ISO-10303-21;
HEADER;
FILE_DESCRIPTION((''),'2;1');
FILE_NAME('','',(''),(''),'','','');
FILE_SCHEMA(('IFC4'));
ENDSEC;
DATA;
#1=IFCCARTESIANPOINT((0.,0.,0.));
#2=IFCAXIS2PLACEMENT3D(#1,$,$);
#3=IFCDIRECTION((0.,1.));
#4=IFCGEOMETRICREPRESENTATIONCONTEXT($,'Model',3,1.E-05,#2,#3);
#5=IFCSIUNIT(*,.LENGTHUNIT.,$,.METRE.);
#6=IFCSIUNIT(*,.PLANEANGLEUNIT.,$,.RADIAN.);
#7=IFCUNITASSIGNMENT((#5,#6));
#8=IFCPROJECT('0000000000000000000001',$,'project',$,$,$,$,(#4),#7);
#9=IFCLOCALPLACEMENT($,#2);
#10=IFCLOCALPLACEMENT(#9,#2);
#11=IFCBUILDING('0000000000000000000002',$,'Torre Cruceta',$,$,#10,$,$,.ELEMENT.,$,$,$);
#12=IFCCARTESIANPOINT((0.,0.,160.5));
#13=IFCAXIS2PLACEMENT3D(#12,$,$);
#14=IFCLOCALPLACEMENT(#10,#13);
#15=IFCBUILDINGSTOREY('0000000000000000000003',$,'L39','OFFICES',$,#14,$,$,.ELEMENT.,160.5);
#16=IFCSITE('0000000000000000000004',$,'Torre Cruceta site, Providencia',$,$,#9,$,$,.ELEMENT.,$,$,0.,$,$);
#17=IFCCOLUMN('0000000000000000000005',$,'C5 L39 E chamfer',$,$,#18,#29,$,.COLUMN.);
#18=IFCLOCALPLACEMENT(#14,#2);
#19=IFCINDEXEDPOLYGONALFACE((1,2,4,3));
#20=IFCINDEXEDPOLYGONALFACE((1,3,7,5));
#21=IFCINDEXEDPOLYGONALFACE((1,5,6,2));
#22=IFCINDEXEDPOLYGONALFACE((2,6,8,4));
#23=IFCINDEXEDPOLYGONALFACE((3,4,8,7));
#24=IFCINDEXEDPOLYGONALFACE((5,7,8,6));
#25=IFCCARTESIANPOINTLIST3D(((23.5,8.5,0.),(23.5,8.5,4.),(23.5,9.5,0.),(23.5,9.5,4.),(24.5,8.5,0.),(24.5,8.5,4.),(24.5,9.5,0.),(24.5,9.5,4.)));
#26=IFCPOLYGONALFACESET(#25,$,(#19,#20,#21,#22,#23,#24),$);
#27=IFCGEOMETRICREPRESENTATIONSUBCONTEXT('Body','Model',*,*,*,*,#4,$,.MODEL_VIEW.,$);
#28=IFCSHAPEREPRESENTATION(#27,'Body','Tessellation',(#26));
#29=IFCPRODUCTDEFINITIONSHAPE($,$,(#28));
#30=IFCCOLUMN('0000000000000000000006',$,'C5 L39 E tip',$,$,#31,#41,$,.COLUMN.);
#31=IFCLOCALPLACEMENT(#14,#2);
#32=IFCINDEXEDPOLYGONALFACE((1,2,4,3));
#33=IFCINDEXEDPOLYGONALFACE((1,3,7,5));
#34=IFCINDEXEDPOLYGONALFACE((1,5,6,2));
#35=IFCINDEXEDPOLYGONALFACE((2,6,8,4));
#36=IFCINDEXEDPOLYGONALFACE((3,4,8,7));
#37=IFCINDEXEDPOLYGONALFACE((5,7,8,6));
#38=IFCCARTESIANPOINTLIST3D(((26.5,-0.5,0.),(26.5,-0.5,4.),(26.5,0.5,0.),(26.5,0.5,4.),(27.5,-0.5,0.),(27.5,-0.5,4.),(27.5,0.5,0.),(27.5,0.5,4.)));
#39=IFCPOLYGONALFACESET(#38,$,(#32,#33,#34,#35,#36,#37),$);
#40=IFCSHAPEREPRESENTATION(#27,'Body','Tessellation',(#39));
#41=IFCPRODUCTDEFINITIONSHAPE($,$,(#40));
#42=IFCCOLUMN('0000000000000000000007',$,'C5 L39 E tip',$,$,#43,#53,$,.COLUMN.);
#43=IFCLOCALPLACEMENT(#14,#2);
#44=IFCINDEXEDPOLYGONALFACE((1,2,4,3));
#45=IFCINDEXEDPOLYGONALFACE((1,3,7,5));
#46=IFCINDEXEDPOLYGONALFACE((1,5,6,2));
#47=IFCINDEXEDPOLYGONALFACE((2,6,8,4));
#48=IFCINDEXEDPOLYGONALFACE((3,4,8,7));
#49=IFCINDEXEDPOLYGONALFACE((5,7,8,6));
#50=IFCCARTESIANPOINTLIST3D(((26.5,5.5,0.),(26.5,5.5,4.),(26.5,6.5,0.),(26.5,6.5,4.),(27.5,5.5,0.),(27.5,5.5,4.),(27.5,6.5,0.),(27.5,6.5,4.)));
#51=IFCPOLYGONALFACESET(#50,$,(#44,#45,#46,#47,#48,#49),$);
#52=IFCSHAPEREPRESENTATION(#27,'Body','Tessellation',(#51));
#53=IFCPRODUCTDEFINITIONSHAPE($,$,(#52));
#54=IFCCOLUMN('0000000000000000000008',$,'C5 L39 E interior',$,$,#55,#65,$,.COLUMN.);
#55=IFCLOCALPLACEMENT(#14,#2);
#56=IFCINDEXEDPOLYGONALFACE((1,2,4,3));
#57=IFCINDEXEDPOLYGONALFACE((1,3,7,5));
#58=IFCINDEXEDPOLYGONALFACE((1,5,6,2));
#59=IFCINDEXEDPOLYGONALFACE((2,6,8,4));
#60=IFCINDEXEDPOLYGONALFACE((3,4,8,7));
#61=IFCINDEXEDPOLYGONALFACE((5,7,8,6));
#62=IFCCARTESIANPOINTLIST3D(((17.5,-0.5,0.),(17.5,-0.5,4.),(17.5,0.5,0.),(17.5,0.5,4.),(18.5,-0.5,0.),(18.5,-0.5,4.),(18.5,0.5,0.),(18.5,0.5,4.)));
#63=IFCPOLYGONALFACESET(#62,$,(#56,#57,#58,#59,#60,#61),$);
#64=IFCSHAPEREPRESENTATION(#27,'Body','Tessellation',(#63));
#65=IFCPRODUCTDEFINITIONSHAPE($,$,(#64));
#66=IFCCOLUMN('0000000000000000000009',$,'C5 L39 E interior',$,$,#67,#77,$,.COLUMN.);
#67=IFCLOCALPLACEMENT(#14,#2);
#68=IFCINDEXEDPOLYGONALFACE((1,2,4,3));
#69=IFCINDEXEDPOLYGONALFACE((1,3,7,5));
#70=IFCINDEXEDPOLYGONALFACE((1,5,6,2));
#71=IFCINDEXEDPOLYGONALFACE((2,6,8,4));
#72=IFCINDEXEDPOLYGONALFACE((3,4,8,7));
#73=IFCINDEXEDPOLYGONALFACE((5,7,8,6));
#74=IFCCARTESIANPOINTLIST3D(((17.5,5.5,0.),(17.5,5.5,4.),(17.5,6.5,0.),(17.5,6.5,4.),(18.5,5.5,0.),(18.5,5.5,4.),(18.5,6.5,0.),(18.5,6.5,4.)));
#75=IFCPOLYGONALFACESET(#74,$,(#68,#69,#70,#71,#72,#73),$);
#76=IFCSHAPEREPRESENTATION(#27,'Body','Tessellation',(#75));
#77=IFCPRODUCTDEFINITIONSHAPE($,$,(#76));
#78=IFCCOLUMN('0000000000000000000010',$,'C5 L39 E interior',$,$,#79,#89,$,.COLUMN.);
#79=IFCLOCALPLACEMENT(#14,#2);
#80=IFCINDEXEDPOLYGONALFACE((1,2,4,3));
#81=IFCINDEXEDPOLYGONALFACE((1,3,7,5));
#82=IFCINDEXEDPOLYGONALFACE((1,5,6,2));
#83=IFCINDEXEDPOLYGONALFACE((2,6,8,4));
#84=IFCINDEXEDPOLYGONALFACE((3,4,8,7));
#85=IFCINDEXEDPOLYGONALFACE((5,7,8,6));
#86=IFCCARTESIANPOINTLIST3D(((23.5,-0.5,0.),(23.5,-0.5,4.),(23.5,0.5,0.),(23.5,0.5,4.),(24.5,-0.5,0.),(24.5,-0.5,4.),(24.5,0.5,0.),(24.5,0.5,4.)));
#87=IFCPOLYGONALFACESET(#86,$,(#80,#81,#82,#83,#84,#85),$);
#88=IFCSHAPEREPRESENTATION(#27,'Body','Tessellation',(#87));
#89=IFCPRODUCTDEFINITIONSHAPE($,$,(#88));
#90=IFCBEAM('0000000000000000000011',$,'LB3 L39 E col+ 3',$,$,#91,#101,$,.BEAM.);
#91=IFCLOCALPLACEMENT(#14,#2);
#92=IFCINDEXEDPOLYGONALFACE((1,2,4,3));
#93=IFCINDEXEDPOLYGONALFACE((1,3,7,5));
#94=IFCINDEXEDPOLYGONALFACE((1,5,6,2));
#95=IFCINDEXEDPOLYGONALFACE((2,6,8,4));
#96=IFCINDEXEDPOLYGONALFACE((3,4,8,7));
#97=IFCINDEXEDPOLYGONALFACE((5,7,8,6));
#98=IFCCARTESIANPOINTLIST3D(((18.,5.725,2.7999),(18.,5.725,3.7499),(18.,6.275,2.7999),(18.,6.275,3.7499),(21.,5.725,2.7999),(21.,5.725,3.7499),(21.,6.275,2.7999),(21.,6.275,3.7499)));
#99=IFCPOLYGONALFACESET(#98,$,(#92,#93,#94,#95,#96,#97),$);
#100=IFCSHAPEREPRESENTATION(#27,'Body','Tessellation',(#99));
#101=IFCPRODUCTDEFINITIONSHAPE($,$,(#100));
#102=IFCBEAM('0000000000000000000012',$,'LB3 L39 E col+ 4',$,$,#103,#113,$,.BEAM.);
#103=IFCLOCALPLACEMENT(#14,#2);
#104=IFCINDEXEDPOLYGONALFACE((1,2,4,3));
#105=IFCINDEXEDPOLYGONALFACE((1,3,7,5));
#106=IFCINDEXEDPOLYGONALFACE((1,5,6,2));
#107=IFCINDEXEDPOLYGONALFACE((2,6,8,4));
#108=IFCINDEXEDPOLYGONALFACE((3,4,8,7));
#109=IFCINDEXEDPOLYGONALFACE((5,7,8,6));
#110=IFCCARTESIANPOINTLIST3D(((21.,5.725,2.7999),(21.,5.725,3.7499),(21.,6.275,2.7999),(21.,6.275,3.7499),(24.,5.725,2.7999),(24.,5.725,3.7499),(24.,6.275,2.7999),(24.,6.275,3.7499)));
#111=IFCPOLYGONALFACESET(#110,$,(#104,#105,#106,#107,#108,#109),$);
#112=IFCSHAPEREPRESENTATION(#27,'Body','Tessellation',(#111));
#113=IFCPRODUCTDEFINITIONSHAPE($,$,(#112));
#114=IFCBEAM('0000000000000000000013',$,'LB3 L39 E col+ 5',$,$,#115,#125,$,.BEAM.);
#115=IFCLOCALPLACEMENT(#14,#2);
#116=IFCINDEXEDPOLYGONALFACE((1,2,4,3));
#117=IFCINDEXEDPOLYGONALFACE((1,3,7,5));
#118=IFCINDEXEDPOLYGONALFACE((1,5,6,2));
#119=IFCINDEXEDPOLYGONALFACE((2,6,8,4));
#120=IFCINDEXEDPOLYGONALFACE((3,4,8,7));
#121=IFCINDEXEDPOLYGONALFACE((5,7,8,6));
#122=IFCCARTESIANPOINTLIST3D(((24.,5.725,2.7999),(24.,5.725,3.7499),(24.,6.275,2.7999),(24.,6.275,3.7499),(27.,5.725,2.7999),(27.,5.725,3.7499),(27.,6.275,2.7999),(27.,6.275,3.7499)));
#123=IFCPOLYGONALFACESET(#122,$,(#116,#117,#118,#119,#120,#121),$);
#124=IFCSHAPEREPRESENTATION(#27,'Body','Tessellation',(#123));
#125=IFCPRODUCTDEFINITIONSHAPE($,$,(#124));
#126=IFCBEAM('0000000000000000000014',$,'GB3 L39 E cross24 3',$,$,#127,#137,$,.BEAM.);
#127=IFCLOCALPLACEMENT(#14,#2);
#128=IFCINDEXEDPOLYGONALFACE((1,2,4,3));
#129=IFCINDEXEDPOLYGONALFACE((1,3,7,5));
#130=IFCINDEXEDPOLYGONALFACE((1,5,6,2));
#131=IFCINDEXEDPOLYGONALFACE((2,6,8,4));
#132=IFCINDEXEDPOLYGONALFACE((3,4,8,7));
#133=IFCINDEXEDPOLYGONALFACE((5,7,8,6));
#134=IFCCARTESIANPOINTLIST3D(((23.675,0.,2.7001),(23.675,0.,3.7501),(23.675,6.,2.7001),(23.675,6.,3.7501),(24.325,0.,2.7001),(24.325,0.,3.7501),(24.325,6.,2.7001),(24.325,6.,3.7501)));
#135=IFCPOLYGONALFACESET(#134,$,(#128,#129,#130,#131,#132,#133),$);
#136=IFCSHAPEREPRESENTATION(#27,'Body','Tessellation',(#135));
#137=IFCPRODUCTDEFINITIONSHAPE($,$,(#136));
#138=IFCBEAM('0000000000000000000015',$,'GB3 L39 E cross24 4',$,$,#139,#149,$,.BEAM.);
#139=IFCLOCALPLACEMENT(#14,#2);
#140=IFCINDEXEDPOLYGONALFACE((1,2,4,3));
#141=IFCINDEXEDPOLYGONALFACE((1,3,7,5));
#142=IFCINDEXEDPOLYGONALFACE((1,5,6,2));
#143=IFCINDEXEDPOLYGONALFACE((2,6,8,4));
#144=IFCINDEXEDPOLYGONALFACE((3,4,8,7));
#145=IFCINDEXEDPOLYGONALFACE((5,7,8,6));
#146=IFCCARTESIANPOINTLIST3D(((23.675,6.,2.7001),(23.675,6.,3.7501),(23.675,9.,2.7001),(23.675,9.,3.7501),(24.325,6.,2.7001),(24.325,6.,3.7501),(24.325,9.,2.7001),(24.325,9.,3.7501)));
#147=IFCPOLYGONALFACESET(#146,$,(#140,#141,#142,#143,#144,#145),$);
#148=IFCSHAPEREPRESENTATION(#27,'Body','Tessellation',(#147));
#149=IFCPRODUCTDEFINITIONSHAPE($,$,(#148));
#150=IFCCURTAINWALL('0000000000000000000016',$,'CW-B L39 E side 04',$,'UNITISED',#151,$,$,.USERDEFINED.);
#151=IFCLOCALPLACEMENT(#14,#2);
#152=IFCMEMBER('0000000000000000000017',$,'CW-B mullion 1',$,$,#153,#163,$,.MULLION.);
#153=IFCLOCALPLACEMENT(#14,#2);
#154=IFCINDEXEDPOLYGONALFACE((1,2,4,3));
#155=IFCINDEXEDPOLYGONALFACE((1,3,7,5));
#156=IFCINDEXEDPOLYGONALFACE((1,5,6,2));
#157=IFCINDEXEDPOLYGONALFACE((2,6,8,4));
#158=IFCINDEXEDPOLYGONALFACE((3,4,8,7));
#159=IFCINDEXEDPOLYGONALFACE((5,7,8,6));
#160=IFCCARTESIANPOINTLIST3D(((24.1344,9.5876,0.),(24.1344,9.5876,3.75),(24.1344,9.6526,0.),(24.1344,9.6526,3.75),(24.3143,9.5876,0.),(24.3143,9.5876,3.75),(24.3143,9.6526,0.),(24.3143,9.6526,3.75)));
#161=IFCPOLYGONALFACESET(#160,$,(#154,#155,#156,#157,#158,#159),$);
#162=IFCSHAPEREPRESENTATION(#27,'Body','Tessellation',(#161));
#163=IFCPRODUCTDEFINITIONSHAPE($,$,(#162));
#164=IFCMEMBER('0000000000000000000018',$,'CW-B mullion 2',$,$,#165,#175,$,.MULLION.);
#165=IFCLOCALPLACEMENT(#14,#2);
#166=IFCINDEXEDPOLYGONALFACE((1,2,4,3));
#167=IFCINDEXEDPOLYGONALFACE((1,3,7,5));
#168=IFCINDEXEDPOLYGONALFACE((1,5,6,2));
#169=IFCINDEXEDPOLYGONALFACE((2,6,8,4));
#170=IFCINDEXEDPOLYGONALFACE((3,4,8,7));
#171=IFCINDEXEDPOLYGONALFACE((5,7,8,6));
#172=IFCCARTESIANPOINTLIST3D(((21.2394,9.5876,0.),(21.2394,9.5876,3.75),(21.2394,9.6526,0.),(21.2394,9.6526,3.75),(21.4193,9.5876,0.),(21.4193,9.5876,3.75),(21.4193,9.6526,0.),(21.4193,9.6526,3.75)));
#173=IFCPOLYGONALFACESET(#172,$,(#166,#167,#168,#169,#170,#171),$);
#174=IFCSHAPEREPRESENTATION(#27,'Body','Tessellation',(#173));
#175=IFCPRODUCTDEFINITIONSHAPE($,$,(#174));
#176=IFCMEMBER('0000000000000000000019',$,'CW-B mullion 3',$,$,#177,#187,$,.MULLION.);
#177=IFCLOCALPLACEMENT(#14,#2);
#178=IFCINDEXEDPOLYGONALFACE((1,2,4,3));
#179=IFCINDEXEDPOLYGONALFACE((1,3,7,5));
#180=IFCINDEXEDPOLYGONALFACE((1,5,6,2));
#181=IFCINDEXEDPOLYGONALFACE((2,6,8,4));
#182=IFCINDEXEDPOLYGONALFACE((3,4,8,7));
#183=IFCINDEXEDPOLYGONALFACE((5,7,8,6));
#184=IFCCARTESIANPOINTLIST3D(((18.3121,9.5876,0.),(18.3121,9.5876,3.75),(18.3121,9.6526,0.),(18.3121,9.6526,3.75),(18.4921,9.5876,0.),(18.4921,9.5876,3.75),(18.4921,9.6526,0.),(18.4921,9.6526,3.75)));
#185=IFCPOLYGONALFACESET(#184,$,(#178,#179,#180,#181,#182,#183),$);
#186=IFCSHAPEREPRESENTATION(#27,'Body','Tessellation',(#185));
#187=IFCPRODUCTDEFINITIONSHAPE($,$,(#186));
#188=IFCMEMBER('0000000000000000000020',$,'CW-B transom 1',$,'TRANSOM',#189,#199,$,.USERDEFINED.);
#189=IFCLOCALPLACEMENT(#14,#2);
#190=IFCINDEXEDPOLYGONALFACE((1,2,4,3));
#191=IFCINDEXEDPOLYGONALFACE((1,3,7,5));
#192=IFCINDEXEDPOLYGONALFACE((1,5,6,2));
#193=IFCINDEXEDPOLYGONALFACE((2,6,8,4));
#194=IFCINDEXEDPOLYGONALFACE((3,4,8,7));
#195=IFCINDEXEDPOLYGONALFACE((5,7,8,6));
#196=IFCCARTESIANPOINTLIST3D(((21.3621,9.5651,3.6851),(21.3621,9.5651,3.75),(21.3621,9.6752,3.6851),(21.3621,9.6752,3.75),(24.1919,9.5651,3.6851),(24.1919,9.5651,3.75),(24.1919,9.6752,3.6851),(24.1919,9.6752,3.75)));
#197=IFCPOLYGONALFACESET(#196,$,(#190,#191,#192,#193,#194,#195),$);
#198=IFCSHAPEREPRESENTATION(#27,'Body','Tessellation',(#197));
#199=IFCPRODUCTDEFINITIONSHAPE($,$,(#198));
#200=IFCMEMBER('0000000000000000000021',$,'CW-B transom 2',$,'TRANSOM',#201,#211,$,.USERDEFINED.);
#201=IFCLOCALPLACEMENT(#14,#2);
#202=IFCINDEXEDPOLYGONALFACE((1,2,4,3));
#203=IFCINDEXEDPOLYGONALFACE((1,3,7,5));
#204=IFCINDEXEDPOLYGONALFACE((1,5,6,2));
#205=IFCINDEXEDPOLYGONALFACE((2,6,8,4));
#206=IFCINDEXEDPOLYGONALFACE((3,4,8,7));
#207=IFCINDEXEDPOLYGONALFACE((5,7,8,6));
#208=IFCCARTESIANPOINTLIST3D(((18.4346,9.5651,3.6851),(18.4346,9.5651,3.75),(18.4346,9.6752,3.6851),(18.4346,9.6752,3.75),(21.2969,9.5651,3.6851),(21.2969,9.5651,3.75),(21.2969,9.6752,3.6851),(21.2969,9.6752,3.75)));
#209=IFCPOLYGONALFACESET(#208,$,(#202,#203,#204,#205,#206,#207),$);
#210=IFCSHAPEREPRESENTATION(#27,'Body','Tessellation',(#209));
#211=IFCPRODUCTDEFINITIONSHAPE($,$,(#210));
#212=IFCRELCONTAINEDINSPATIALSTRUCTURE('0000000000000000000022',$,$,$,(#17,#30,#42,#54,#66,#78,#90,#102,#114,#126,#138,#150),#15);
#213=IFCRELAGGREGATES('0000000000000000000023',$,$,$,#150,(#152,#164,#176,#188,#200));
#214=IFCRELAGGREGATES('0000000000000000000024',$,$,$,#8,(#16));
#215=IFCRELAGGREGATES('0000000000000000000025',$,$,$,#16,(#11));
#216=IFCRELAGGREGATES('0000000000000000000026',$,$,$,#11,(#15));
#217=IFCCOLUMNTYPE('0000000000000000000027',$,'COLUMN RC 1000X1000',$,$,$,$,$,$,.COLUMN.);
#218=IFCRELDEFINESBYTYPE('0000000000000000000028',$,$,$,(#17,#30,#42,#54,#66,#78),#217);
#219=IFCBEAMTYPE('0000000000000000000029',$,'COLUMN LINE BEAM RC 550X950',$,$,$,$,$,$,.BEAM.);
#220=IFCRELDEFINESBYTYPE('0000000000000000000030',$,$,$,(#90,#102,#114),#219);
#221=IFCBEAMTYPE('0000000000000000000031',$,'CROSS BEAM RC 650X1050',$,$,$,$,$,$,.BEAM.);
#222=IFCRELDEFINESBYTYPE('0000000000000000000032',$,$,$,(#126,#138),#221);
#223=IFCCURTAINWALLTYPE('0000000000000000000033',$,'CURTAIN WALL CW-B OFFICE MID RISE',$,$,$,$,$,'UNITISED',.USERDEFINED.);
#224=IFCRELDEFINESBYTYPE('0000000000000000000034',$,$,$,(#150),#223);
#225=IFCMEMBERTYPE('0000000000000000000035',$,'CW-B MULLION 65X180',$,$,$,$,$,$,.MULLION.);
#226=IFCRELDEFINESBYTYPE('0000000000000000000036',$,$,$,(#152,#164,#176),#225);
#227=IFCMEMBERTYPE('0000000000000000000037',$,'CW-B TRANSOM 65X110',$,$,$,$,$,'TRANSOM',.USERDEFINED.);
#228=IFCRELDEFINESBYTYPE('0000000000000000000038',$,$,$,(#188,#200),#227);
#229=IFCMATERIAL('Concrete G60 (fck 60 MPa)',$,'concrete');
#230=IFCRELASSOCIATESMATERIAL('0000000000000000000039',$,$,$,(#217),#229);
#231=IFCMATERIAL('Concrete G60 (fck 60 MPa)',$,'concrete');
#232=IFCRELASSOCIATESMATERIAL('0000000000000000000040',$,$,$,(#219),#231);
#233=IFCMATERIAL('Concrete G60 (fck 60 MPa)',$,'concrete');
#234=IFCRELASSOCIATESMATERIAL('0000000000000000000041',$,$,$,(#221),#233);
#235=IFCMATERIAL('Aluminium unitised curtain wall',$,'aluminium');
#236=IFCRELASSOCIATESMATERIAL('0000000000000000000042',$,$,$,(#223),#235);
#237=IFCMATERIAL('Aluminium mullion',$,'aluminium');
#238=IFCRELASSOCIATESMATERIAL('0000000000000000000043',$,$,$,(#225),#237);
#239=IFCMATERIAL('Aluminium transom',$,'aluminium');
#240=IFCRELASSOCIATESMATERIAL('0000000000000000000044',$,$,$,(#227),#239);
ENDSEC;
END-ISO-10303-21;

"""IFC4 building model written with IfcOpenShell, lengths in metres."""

from ifc_helpers import new_model, si_unit, direction, frame, origin, origin_2d, place, context, subcontext, project, spatial, rectangle, extrude, material, material_profile, profile_set, type_object, element, aggregate, save


model = new_model("IFC4")

# Units and contexts
model_context = context("Model", 3, precision=1e-05, world=origin(), true_north=direction((0.0, 1.0)))
body_context = subcontext(model_context, "Body", "Model", "MODEL_VIEW")
ifc_project = project(units=[si_unit("LENGTHUNIT", "METRE"), si_unit("PLANEANGLEUNIT", "RADIAN")], contexts=[model_context])

# Site, building, storey
site_placement = place(None, origin())
site = spatial("IfcSite", under=ifc_project, at=site_placement, Name="Torre Cruceta site, Providencia", CompositionType="ELEMENT", RefElevation=0.0)
building_placement = place(site_placement, origin())
building = spatial("IfcBuilding", under=site, at=building_placement, Name="Torre Cruceta", CompositionType="ELEMENT")
storey_placement = place(building_placement, frame((0.0, 0.0, 160.5)))
storey = spatial("IfcBuildingStorey", under=building, at=storey_placement, Name="L39", Description="OFFICES", CompositionType="ELEMENT", Elevation=160.5)

# Columns
ifc_material_1 = material(Name="Concrete G60 (fck 60 MPa)", Category="concrete")
ifc_material_profile_1 = material_profile(ifc_material_1, rectangle(XDim=1.0, YDim=1.0, at=origin_2d()), Name="RC 1000X1000")
ifc_profile_set_1 = profile_set([ifc_material_profile_1], Name="Concrete G60 (fck 60 MPa)")
column_type = type_object("IfcColumnType", Name="COLUMN RC 1000X1000", PredefinedType="COLUMN", material=ifc_profile_set_1)
for number, where, z_axis, x_axis, name in (
    (1, (24.0, 9.0, 0.0), (0.0, 0.0, 1.0), (1.0, 0.0, 0.0), "C5 L39 E chamfer"),
    (2, (27.0, 0.0, 0.0), (0.0, 0.0, 1.0), (1.0, 0.0, 0.0), "C5 L39 E tip"),
    (3, (27.0, 6.0, 0.0), (0.0, 0.0, 1.0), (1.0, 0.0, 0.0), "C5 L39 E tip"),
    (4, (18.0, 0.0, 0.0), (0.0, 0.0, 1.0), (1.0, 0.0, 0.0), "C5 L39 E interior"),
    (5, (18.0, 6.0, 0.0), (0.0, 0.0, 1.0), (1.0, 0.0, 0.0), "C5 L39 E interior"),
    (6, (24.0, 0.0, 0.0), (0.0, 0.0, 1.0), (1.0, 0.0, 0.0), "C5 L39 E interior"),
):
    element("IfcColumn", number, at=place(storey_placement, frame(where, z_axis=z_axis, x_axis=x_axis)), inside=storey, type_object=column_type, Name=name, PredefinedType="COLUMN", context=body_context, shape_type="SweptSolid", body=[
        extrude(rectangle(XDim=1.0, YDim=1.0, at=origin_2d()), origin(), (0.0, 0.0, 1.0), 4.0),
    ])

# Beams
ifc_material_2 = material(Name="Concrete G60 (fck 60 MPa)", Category="concrete")
ifc_material_profile_2 = material_profile(ifc_material_2, rectangle(XDim=0.55, YDim=0.95, at=origin_2d()), Name="RC 550X950")
ifc_profile_set_2 = profile_set([ifc_material_profile_2], Name="Concrete G60 (fck 60 MPa)")
beam_type_1 = type_object("IfcBeamType", Name="COLUMN LINE BEAM RC 550X950", PredefinedType="BEAM", material=ifc_profile_set_2)
for number, where, z_axis, x_axis, name in (
    (7, (18.0, 6.0, 3.2749), (1.0, 0.0, 0.0), (0.0, 1.0, 0.0), "LB3 L39 E col+ 3"),
    (8, (21.0, 6.0, 3.2749), (1.0, 0.0, 0.0), (0.0, 1.0, 0.0), "LB3 L39 E col+ 4"),
    (9, (24.0, 6.0, 3.2749), (1.0, 0.0, 0.0), (0.0, 1.0, 0.0), "LB3 L39 E col+ 5"),
):
    element("IfcBeam", number, at=place(storey_placement, frame(where, z_axis=z_axis, x_axis=x_axis)), inside=storey, type_object=beam_type_1, Name=name, PredefinedType="BEAM", context=body_context, shape_type="SweptSolid", body=[
        extrude(rectangle(XDim=0.55, YDim=0.95, at=origin_2d()), origin(), (0.0, 0.0, 1.0), 3.0),
    ])
ifc_material_3 = material(Name="Concrete G60 (fck 60 MPa)", Category="concrete")
ifc_material_profile_3 = material_profile(ifc_material_3, rectangle(XDim=0.6499, YDim=1.05, at=origin_2d()), Name="RC 650X1050")
ifc_profile_set_3 = profile_set([ifc_material_profile_3], Name="Concrete G60 (fck 60 MPa)")
beam_type_2 = type_object("IfcBeamType", Name="CROSS BEAM RC 650X1050", PredefinedType="BEAM", material=ifc_profile_set_3)
beam_1_placement = place(storey_placement, frame((24.0, 0.0, 3.2251), z_axis=(0.0, 1.0, 0.0), x_axis=(-1.0, 0.0, 0.0)))
element("IfcBeam", 10, at=beam_1_placement, inside=storey, type_object=beam_type_2, Name="GB3 L39 E cross24 3", PredefinedType="BEAM", context=body_context, shape_type="SweptSolid", body=[
    extrude(rectangle(XDim=0.6499, YDim=1.05, at=origin_2d()), origin(), (0.0, 0.0, 1.0), 6.0),
])
beam_2_placement = place(storey_placement, frame((24.0, 6.0, 3.2251), z_axis=(0.0, 1.0, 0.0), x_axis=(-1.0, 0.0, 0.0)))
element("IfcBeam", 11, at=beam_2_placement, inside=storey, type_object=beam_type_2, Name="GB3 L39 E cross24 4", PredefinedType="BEAM", context=body_context, shape_type="SweptSolid", body=[
    extrude(rectangle(XDim=0.6499, YDim=1.05, at=origin_2d()), origin(), (0.0, 0.0, 1.0), 3.0),
])

# Curtain wall, members
ifc_material_4 = material(Name="Aluminium unitised curtain wall", Category="aluminium")
curtain_wall_type = type_object("IfcCurtainWallType", Name="CURTAIN WALL CW-B OFFICE MID RISE", ElementType="UNITISED", PredefinedType="USERDEFINED", material=ifc_material_4)
curtain_wall_placement = place(storey_placement, origin())
curtain_wall = element("IfcCurtainWall", 12, at=curtain_wall_placement, inside=storey, type_object=curtain_wall_type, Name="CW-B L39 E side 04", ObjectType="UNITISED", PredefinedType="USERDEFINED")
ifc_material_5 = material(Name="Aluminium mullion", Category="aluminium")
ifc_material_profile_4 = material_profile(ifc_material_5, rectangle(XDim=0.0649, YDim=0.1799, at=origin_2d()), Name="AL 65X180")
ifc_profile_set_4 = profile_set([ifc_material_profile_4], Name="Aluminium mullion")
member_type_1 = type_object("IfcMemberType", Name="CW-B MULLION 65X180", PredefinedType="MULLION", material=ifc_profile_set_4)
member_1_placement = place(storey_placement, frame((24.2244, 9.6201, 0.0), z_axis=(0.0, 0.0, 1.0), x_axis=(0.0, -1.0, 0.0)))
member_1 = element("IfcMember", 13, at=member_1_placement, type_object=member_type_1, Name="CW-B mullion 1", PredefinedType="MULLION", context=body_context, shape_type="SweptSolid", body=[
    extrude(rectangle(XDim=0.0649, YDim=0.1799, at=origin_2d()), origin(), (0.0, 0.0, 1.0), 3.75),
])
member_2_placement = place(storey_placement, frame((21.3293, 9.6201, 0.0), z_axis=(0.0, 0.0, 1.0), x_axis=(0.0, -1.0, 0.0)))
member_2 = element("IfcMember", 14, at=member_2_placement, type_object=member_type_1, Name="CW-B mullion 2", PredefinedType="MULLION", context=body_context, shape_type="SweptSolid", body=[
    extrude(rectangle(XDim=0.0649, YDim=0.1799, at=origin_2d()), origin(), (0.0, 0.0, 1.0), 3.75),
])
member_3_placement = place(storey_placement, frame((18.4021, 9.6201, 0.0), z_axis=(0.0, 0.0, 1.0), x_axis=(0.0, -1.0, 0.0)))
member_3 = element("IfcMember", 15, at=member_3_placement, type_object=member_type_1, Name="CW-B mullion 3", PredefinedType="MULLION", context=body_context, shape_type="SweptSolid", body=[
    extrude(rectangle(XDim=0.0649, YDim=0.1799, at=origin_2d()), origin(), (0.0, 0.0, 1.0), 3.75),
])
ifc_material_6 = material(Name="Aluminium transom", Category="aluminium")
ifc_material_profile_5 = material_profile(ifc_material_6, rectangle(XDim=0.1101, YDim=0.0649, at=origin_2d()), Name="AL 110X65")
ifc_profile_set_5 = profile_set([ifc_material_profile_5], Name="Aluminium transom")
member_type_2 = type_object("IfcMemberType", Name="CW-B TRANSOM 65X110", ElementType="TRANSOM", PredefinedType="USERDEFINED", material=ifc_profile_set_5)
member_4_placement = place(storey_placement, frame((24.1919, 9.6201, 3.7175), z_axis=(-1.0, 0.0, 0.0), x_axis=(0.0, -1.0, 0.0)))
member_4 = element("IfcMember", 16, at=member_4_placement, type_object=member_type_2, Name="CW-B transom 1", ObjectType="TRANSOM", PredefinedType="USERDEFINED", context=body_context, shape_type="SweptSolid", body=[
    extrude(rectangle(XDim=0.1101, YDim=0.0649, at=origin_2d()), origin(), (0.0, 0.0, 1.0), 2.8298),
])
member_5_placement = place(storey_placement, frame((21.2969, 9.6201, 3.7175), z_axis=(-1.0, 0.0, 0.0), x_axis=(0.0, -1.0, 0.0)))
member_5 = element("IfcMember", 17, at=member_5_placement, type_object=member_type_2, Name="CW-B transom 2", ObjectType="TRANSOM", PredefinedType="USERDEFINED", context=body_context, shape_type="SweptSolid", body=[
    extrude(rectangle(XDim=0.1101, YDim=0.0649, at=origin_2d()), origin(), (0.0, 0.0, 1.0), 2.8623),
])

aggregate(curtain_wall, [member_1, member_2, member_3, member_4, member_5])

save(model, "model.ifc")
